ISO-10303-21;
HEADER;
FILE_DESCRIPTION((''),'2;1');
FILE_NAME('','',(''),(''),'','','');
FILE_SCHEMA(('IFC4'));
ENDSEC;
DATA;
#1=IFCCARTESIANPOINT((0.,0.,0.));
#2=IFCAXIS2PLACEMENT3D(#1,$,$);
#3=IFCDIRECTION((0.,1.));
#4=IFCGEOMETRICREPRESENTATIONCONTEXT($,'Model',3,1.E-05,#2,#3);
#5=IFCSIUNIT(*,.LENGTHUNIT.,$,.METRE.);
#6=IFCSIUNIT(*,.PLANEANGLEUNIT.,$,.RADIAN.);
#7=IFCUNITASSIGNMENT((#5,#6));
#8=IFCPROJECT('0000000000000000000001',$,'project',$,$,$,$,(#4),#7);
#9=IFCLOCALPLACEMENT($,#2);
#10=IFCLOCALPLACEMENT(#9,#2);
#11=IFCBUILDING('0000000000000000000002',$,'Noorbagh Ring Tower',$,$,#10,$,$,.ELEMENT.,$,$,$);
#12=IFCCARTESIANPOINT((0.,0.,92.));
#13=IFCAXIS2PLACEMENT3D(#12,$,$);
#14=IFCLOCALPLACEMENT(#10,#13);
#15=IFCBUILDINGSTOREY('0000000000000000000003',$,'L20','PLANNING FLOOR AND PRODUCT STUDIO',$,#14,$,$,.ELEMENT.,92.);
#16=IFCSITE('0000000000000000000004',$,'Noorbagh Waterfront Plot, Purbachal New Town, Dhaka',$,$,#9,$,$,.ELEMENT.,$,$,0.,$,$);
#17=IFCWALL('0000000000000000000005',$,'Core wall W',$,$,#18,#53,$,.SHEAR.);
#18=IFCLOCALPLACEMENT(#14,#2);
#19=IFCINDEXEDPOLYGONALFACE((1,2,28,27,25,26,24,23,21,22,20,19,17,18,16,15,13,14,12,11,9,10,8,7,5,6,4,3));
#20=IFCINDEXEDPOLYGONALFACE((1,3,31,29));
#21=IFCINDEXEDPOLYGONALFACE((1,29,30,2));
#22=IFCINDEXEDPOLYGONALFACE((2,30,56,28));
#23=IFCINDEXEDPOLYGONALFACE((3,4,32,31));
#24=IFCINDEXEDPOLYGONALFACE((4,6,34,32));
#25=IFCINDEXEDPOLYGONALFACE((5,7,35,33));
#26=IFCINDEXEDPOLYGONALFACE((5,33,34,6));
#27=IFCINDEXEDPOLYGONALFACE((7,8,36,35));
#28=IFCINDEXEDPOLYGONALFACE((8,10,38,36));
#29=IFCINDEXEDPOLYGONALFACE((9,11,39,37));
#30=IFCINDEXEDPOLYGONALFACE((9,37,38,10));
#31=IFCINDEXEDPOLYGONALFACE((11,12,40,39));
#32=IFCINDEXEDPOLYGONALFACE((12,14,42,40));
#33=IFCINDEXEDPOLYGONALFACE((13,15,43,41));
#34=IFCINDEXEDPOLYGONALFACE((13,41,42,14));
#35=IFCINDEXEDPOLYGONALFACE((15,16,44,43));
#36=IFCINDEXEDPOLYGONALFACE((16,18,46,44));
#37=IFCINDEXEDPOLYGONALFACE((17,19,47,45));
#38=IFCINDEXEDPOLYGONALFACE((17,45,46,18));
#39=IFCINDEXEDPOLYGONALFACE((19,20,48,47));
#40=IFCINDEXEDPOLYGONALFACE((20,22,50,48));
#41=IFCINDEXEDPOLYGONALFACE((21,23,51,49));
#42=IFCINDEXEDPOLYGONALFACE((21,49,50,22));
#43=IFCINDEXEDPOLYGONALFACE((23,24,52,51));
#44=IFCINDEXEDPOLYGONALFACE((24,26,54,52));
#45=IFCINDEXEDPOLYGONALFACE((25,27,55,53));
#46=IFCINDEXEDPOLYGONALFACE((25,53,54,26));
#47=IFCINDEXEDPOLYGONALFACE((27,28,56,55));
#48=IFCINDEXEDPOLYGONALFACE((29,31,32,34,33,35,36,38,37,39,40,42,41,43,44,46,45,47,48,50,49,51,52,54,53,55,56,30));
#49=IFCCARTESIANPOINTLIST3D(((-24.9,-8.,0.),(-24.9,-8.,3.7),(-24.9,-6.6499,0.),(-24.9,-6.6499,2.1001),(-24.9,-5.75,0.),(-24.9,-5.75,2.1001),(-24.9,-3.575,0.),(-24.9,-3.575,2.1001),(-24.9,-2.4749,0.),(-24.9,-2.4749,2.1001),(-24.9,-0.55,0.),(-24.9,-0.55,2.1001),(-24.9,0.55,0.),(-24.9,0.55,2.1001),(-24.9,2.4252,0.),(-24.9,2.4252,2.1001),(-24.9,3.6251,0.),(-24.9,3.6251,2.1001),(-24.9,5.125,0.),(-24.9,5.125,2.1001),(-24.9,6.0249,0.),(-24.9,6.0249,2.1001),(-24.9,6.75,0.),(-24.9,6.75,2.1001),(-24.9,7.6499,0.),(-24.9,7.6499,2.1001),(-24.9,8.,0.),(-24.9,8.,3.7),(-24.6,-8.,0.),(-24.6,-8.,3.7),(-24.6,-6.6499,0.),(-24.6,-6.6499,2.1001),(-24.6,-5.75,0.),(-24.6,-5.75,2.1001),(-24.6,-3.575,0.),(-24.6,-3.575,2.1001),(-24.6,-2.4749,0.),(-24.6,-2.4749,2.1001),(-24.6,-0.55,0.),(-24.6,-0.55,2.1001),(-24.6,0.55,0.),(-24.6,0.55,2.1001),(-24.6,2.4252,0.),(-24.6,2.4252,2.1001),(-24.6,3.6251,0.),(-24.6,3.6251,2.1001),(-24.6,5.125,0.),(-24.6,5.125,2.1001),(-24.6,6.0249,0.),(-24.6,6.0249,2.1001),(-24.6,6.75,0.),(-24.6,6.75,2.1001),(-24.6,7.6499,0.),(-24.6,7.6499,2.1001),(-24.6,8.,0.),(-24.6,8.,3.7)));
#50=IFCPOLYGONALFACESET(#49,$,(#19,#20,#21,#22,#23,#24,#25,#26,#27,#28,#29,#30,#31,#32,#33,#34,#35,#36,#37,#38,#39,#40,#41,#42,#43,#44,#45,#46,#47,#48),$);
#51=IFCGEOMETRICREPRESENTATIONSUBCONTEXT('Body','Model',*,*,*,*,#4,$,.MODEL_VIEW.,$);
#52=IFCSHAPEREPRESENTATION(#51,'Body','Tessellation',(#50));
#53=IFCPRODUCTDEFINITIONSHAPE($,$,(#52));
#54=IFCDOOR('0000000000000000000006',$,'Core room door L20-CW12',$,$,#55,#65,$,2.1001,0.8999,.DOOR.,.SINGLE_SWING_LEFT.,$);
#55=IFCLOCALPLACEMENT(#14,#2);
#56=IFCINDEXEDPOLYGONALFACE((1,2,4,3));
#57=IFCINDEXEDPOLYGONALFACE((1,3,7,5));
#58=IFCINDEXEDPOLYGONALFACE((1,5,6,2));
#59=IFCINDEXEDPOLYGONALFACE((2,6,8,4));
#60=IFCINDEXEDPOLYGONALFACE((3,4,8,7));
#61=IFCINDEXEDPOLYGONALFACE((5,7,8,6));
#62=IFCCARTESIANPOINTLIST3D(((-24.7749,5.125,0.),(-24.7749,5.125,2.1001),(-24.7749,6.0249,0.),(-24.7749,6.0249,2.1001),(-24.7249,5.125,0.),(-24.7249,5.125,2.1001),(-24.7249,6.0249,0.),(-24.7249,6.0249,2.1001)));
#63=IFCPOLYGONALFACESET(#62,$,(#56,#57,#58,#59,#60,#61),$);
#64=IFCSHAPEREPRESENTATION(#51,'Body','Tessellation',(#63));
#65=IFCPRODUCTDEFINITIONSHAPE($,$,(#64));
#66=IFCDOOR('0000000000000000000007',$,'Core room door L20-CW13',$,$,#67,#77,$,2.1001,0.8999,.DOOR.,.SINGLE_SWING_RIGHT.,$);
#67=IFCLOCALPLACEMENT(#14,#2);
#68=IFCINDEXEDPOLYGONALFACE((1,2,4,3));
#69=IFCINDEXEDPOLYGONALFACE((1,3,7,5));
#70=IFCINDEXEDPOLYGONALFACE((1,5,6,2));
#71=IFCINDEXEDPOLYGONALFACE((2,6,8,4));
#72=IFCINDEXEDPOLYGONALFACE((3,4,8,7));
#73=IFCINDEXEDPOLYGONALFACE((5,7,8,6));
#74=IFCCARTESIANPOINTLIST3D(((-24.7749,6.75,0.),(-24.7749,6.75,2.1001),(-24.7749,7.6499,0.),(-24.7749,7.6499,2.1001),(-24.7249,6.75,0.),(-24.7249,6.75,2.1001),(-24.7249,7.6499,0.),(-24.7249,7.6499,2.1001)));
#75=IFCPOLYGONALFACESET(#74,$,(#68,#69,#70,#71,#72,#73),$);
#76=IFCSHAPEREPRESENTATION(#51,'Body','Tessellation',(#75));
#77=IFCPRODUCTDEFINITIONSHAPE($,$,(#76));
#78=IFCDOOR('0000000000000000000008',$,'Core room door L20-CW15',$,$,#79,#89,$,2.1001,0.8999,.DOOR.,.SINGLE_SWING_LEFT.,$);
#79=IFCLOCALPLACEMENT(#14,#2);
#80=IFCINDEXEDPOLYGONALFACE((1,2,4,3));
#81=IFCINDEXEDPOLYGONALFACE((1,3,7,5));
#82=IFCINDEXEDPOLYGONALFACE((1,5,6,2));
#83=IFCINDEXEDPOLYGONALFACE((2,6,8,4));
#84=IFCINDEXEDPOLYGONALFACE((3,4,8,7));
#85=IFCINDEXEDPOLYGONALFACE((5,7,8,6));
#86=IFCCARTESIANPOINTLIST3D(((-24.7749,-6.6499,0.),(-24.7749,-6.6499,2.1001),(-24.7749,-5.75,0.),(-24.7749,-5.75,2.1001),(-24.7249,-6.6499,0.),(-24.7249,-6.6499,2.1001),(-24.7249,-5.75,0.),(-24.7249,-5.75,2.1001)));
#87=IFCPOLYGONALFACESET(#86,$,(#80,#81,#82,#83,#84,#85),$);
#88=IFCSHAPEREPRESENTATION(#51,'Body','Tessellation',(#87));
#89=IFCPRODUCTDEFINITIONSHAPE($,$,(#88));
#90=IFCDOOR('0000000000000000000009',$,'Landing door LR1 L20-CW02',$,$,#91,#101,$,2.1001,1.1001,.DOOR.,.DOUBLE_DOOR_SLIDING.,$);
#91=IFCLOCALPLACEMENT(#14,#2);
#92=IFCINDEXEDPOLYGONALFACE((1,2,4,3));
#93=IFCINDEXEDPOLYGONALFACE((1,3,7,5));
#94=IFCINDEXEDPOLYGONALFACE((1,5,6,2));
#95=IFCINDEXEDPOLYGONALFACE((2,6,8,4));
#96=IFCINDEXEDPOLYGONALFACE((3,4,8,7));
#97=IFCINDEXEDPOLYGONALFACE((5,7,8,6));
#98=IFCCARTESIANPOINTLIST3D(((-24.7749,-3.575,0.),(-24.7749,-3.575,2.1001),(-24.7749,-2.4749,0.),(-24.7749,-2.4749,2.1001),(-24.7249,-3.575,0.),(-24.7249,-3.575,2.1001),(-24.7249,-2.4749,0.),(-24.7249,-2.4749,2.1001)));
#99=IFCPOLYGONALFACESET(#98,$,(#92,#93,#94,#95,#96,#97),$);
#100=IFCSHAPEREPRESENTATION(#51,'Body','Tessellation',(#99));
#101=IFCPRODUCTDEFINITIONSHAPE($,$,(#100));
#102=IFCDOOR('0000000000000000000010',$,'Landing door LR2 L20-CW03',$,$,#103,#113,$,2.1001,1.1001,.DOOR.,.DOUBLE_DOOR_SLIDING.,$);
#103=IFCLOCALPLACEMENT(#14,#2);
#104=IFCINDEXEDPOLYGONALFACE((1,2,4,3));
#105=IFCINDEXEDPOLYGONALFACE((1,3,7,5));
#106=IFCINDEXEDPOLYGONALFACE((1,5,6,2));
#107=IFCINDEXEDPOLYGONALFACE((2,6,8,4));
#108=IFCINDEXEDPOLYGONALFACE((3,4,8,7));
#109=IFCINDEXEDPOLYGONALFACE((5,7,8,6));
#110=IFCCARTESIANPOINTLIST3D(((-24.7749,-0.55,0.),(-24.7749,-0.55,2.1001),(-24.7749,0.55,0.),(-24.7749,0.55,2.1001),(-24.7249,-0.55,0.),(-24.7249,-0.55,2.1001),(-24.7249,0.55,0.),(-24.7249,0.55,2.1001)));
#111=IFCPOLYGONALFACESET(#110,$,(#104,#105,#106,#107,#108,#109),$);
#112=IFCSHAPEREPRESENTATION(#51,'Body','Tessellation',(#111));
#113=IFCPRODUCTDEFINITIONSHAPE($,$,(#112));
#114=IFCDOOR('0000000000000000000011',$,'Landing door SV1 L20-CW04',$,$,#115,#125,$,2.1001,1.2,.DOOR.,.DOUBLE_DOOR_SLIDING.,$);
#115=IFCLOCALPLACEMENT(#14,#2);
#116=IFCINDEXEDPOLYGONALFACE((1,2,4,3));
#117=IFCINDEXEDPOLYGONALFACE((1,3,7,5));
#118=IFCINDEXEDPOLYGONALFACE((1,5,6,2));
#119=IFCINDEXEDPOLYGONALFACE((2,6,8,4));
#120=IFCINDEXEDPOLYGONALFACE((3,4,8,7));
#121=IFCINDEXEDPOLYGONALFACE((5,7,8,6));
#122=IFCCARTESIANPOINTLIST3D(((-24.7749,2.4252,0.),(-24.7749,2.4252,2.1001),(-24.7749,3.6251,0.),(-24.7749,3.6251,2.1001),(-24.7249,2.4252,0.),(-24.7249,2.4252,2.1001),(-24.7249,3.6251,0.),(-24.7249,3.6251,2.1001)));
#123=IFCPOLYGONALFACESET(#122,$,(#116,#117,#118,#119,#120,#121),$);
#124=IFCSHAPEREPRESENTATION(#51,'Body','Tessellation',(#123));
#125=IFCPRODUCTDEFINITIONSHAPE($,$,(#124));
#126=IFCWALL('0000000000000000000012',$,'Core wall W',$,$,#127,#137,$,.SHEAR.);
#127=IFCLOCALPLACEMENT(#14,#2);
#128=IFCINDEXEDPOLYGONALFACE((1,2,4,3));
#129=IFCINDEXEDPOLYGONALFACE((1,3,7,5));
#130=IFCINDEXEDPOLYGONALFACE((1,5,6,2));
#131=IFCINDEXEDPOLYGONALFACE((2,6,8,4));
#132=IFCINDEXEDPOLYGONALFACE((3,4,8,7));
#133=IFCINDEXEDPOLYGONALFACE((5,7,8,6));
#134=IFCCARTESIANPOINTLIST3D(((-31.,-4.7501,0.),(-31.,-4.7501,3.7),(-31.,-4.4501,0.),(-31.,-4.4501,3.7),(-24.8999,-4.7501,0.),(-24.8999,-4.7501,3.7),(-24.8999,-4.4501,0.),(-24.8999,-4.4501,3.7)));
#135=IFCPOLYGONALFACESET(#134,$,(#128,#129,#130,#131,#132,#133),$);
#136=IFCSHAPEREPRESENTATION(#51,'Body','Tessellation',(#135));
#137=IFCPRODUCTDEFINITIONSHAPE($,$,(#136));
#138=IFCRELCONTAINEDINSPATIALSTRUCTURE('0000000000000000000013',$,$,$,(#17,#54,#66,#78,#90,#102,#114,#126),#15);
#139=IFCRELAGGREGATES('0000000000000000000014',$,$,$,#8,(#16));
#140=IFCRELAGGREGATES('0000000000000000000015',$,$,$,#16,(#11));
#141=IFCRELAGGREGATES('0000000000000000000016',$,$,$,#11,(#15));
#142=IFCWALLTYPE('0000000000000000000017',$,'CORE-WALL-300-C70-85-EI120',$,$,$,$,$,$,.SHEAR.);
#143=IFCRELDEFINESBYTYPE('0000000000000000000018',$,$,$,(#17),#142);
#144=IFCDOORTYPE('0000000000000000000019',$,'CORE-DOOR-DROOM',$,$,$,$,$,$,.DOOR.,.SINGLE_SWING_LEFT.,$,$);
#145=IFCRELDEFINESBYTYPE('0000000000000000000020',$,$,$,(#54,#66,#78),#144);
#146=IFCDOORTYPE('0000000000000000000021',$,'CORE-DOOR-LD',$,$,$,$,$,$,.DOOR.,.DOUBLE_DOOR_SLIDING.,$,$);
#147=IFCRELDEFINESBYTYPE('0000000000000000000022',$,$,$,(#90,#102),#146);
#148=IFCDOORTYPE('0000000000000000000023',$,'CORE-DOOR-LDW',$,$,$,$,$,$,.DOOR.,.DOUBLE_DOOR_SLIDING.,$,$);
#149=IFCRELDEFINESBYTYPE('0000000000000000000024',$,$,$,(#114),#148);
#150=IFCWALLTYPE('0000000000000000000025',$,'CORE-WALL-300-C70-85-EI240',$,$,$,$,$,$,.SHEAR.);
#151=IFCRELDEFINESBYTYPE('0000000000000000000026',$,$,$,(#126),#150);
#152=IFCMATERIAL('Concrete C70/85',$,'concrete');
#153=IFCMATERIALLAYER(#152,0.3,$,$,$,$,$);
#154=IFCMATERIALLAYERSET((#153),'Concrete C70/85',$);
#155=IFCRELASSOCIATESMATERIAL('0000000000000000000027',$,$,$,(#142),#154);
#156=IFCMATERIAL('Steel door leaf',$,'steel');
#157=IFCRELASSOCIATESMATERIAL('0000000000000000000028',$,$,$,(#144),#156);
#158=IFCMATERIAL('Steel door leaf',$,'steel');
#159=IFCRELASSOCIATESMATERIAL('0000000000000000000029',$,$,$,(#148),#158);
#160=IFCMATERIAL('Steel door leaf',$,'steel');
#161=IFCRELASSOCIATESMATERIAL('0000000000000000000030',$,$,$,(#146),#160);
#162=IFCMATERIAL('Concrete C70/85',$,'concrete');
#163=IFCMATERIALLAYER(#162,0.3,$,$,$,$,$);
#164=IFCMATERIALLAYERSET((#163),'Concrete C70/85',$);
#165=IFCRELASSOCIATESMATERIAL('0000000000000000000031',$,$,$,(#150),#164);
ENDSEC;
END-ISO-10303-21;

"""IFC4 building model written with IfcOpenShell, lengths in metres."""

from ifc_helpers import new_model, si_unit, direction, frame, frame_2d, origin, place, context, subcontext, project, spatial, rectangle, extrude, material, layer, layer_set, type_object, element, fill, save


model = new_model("IFC4")

# Units and contexts
model_context = context("Model", 3, precision=1e-05, world=origin(), true_north=direction((0.0, 1.0)))
body_context = subcontext(model_context, "Body", "Model", "MODEL_VIEW")
ifc_project = project(units=[si_unit("LENGTHUNIT", "METRE"), si_unit("PLANEANGLEUNIT", "RADIAN")], contexts=[model_context])

# Site, building, storey
site_placement = place(None, origin())
site = spatial("IfcSite", under=ifc_project, at=site_placement, Name="Noorbagh Waterfront Plot, Purbachal New Town, Dhaka", CompositionType="ELEMENT", RefElevation=0.0)
building_placement = place(site_placement, origin())
building = spatial("IfcBuilding", under=site, at=building_placement, Name="Noorbagh Ring Tower", CompositionType="ELEMENT")
storey_placement = place(building_placement, frame((0.0, 0.0, 92.0)))
storey = spatial("IfcBuildingStorey", under=building, at=storey_placement, Name="L20", Description="PLANNING FLOOR AND PRODUCT STUDIO", CompositionType="ELEMENT", Elevation=92.0)

# Wall, openings, doors
ifc_material_1 = material(Name="Concrete C70/85", Category="concrete")
ifc_layer_1 = layer(ifc_material_1, 0.3)
ifc_layer_set_1 = layer_set([ifc_layer_1], Name="Concrete C70/85")
wall_type_1 = type_object("IfcWallType", Name="CORE-WALL-300-C70-85-EI120", PredefinedType="SHEAR", material=ifc_layer_set_1)
ifc_material_2 = material(Name="Steel door leaf", Category="steel")
door_type_1 = type_object("IfcDoorType", Name="CORE-DOOR-DROOM", OperationType="SINGLE_SWING_LEFT", PredefinedType="DOOR", material=ifc_material_2)
ifc_material_3 = material(Name="Steel door leaf", Category="steel")
door_type_2 = type_object("IfcDoorType", Name="CORE-DOOR-LDW", OperationType="DOUBLE_DOOR_SLIDING", PredefinedType="DOOR", material=ifc_material_3)
wall_1_placement = place(storey_placement, frame((-24.75, -8.0, 0.0), z_axis=(0.0, 0.0, 1.0), x_axis=(0.0, 1.0, 0.0)))
wall_1 = element("IfcWall", 1, at=wall_1_placement, inside=storey, type_object=wall_type_1, Name="Core wall W", PredefinedType="SHEAR", context=body_context, shape_type="SweptSolid", body=[
    extrude(rectangle(XDim=16.0, YDim=0.3, at=frame_2d((8.0, 0.0))), origin(), (0.0, 0.0, 1.0), 3.7),
])
opening_1_placement = place(wall_1_placement, frame((4.425, 0.0, 0.0)))
opening_1 = element("IfcOpeningElement", 2, at=opening_1_placement, cuts=wall_1, PredefinedType="OPENING", context=body_context, shape_type="SweptSolid", body=[
    extrude(rectangle(XDim=1.1001, YDim=2.1001, at=frame_2d((0.55, 1.05))), frame((0.0, 0.1602, 0.0), z_axis=(0.0, -1.0, 0.0), x_axis=(1.0, 0.0, 0.0)), (0.0, 0.0, 1.0), 0.3201),
])
opening_2_placement = place(wall_1_placement, frame((7.45, 0.0, 0.0)))
opening_2 = element("IfcOpeningElement", 3, at=opening_2_placement, cuts=wall_1, PredefinedType="OPENING", context=body_context, shape_type="SweptSolid", body=[
    extrude(rectangle(XDim=1.1001, YDim=2.1001, at=frame_2d((0.55, 1.05))), frame((0.0, 0.1602, 0.0), z_axis=(0.0, -1.0, 0.0), x_axis=(1.0, 0.0, 0.0)), (0.0, 0.0, 1.0), 0.3201),
])
opening_3_placement = place(wall_1_placement, frame((10.425, 0.0, 0.0)))
opening_3 = element("IfcOpeningElement", 4, at=opening_3_placement, cuts=wall_1, PredefinedType="OPENING", context=body_context, shape_type="SweptSolid", body=[
    extrude(rectangle(XDim=1.2, YDim=2.1001, at=frame_2d((0.6001, 1.05))), frame((0.0, 0.1602, 0.0), z_axis=(0.0, -1.0, 0.0), x_axis=(1.0, 0.0, 0.0)), (0.0, 0.0, 1.0), 0.3201),
])
opening_4_placement = place(wall_1_placement, frame((13.125, 0.0, 0.0)))
opening_4 = element("IfcOpeningElement", 5, at=opening_4_placement, cuts=wall_1, PredefinedType="OPENING", context=body_context, shape_type="SweptSolid", body=[
    extrude(rectangle(XDim=0.8999, YDim=2.1001, at=frame_2d((0.45, 1.05))), frame((0.0, 0.1602, 0.0), z_axis=(0.0, -1.0, 0.0), x_axis=(1.0, 0.0, 0.0)), (0.0, 0.0, 1.0), 0.3201),
])
opening_5_placement = place(wall_1_placement, frame((14.75, 0.0, 0.0)))
opening_5 = element("IfcOpeningElement", 6, at=opening_5_placement, cuts=wall_1, PredefinedType="OPENING", context=body_context, shape_type="SweptSolid", body=[
    extrude(rectangle(XDim=0.8999, YDim=2.1001, at=frame_2d((0.45, 1.05))), frame((0.0, 0.1602, 0.0), z_axis=(0.0, -1.0, 0.0), x_axis=(1.0, 0.0, 0.0)), (0.0, 0.0, 1.0), 0.3201),
])
opening_6_placement = place(wall_1_placement, frame((1.3501, 0.0, 0.0)))
opening_6 = element("IfcOpeningElement", 7, at=opening_6_placement, cuts=wall_1, PredefinedType="OPENING", context=body_context, shape_type="SweptSolid", body=[
    extrude(rectangle(XDim=0.8999, YDim=2.1001, at=frame_2d((0.45, 1.05))), frame((0.0, 0.1602, 0.0), z_axis=(0.0, -1.0, 0.0), x_axis=(1.0, 0.0, 0.0)), (0.0, 0.0, 1.0), 0.3201),
])
door_1_placement = place(opening_4_placement, origin())
door_1 = element("IfcDoor", 8, at=door_1_placement, inside=storey, type_object=door_type_1, Name="Core room door L20-CW12", OperationType="SINGLE_SWING_LEFT", OverallHeight=2.1001, OverallWidth=0.8999, PredefinedType="DOOR", context=body_context, shape_type="SweptSolid", body=[
    extrude(rectangle(XDim=0.8999, YDim=2.1001, at=frame_2d((0.45, 1.05))), frame((0.0, 0.0249, 0.0), z_axis=(0.0, -1.0, 0.0), x_axis=(1.0, 0.0, 0.0)), (0.0, 0.0, 1.0), 0.05),
])
fill(opening_4, door_1)
door_2_placement = place(opening_5_placement, origin())
door_2 = element("IfcDoor", 9, at=door_2_placement, inside=storey, type_object=door_type_1, Name="Core room door L20-CW13", OperationType="SINGLE_SWING_RIGHT", OverallHeight=2.1001, OverallWidth=0.8999, PredefinedType="DOOR", context=body_context, shape_type="SweptSolid", body=[
    extrude(rectangle(XDim=0.8999, YDim=2.1001, at=frame_2d((0.45, 1.05))), frame((0.0, 0.0249, 0.0), z_axis=(0.0, -1.0, 0.0), x_axis=(1.0, 0.0, 0.0)), (0.0, 0.0, 1.0), 0.05),
])
fill(opening_5, door_2)
door_3_placement = place(opening_6_placement, origin())
door_3 = element("IfcDoor", 10, at=door_3_placement, inside=storey, type_object=door_type_1, Name="Core room door L20-CW15", OperationType="SINGLE_SWING_LEFT", OverallHeight=2.1001, OverallWidth=0.8999, PredefinedType="DOOR", context=body_context, shape_type="SweptSolid", body=[
    extrude(rectangle(XDim=0.8999, YDim=2.1001, at=frame_2d((0.45, 1.05))), frame((0.0, 0.0249, 0.0), z_axis=(0.0, -1.0, 0.0), x_axis=(1.0, 0.0, 0.0)), (0.0, 0.0, 1.0), 0.05),
])
fill(opening_6, door_3)
ifc_material_4 = material(Name="Steel door leaf", Category="steel")
door_type_3 = type_object("IfcDoorType", Name="CORE-DOOR-LD", OperationType="DOUBLE_DOOR_SLIDING", PredefinedType="DOOR", material=ifc_material_4)
door_4_placement = place(opening_1_placement, origin())
door_4 = element("IfcDoor", 11, at=door_4_placement, inside=storey, type_object=door_type_3, Name="Landing door LR1 L20-CW02", OperationType="DOUBLE_DOOR_SLIDING", OverallHeight=2.1001, OverallWidth=1.1001, PredefinedType="DOOR", context=body_context, shape_type="SweptSolid", body=[
    extrude(rectangle(XDim=1.1001, YDim=2.1001, at=frame_2d((0.55, 1.05))), frame((0.0, 0.0249, 0.0), z_axis=(0.0, -1.0, 0.0), x_axis=(1.0, 0.0, 0.0)), (0.0, 0.0, 1.0), 0.05),
])
fill(opening_1, door_4)
door_5_placement = place(opening_2_placement, origin())
door_5 = element("IfcDoor", 12, at=door_5_placement, inside=storey, type_object=door_type_3, Name="Landing door LR2 L20-CW03", OperationType="DOUBLE_DOOR_SLIDING", OverallHeight=2.1001, OverallWidth=1.1001, PredefinedType="DOOR", context=body_context, shape_type="SweptSolid", body=[
    extrude(rectangle(XDim=1.1001, YDim=2.1001, at=frame_2d((0.55, 1.05))), frame((0.0, 0.0249, 0.0), z_axis=(0.0, -1.0, 0.0), x_axis=(1.0, 0.0, 0.0)), (0.0, 0.0, 1.0), 0.05),
])
fill(opening_2, door_5)
door_6_placement = place(opening_3_placement, origin())
door_6 = element("IfcDoor", 13, at=door_6_placement, inside=storey, type_object=door_type_2, Name="Landing door SV1 L20-CW04", OperationType="DOUBLE_DOOR_SLIDING", OverallHeight=2.1001, OverallWidth=1.2, PredefinedType="DOOR", context=body_context, shape_type="SweptSolid", body=[
    extrude(rectangle(XDim=1.2, YDim=2.1001, at=frame_2d((0.6001, 1.05))), frame((0.0, 0.0249, 0.0), z_axis=(0.0, -1.0, 0.0), x_axis=(1.0, 0.0, 0.0)), (0.0, 0.0, 1.0), 0.05),
])
fill(opening_3, door_6)

# Wall
ifc_material_5 = material(Name="Concrete C70/85", Category="concrete")
ifc_layer_2 = layer(ifc_material_5, 0.3)
ifc_layer_set_2 = layer_set([ifc_layer_2], Name="Concrete C70/85")
wall_type_2 = type_object("IfcWallType", Name="CORE-WALL-300-C70-85-EI240", PredefinedType="SHEAR", material=ifc_layer_set_2)
wall_2_placement = place(storey_placement, frame((-24.8999, -4.6001, 0.0), z_axis=(0.0, 0.0, 1.0), x_axis=(-1.0, 0.0, 0.0)))
element("IfcWall", 14, at=wall_2_placement, inside=storey, type_object=wall_type_2, Name="Core wall W", PredefinedType="SHEAR", context=body_context, shape_type="SweptSolid", body=[
    extrude(rectangle(XDim=6.1001, YDim=0.3, at=frame_2d((3.05, 0.0))), origin(), (0.0, 0.0, 1.0), 3.7),
])

save(model, "model.ifc")
